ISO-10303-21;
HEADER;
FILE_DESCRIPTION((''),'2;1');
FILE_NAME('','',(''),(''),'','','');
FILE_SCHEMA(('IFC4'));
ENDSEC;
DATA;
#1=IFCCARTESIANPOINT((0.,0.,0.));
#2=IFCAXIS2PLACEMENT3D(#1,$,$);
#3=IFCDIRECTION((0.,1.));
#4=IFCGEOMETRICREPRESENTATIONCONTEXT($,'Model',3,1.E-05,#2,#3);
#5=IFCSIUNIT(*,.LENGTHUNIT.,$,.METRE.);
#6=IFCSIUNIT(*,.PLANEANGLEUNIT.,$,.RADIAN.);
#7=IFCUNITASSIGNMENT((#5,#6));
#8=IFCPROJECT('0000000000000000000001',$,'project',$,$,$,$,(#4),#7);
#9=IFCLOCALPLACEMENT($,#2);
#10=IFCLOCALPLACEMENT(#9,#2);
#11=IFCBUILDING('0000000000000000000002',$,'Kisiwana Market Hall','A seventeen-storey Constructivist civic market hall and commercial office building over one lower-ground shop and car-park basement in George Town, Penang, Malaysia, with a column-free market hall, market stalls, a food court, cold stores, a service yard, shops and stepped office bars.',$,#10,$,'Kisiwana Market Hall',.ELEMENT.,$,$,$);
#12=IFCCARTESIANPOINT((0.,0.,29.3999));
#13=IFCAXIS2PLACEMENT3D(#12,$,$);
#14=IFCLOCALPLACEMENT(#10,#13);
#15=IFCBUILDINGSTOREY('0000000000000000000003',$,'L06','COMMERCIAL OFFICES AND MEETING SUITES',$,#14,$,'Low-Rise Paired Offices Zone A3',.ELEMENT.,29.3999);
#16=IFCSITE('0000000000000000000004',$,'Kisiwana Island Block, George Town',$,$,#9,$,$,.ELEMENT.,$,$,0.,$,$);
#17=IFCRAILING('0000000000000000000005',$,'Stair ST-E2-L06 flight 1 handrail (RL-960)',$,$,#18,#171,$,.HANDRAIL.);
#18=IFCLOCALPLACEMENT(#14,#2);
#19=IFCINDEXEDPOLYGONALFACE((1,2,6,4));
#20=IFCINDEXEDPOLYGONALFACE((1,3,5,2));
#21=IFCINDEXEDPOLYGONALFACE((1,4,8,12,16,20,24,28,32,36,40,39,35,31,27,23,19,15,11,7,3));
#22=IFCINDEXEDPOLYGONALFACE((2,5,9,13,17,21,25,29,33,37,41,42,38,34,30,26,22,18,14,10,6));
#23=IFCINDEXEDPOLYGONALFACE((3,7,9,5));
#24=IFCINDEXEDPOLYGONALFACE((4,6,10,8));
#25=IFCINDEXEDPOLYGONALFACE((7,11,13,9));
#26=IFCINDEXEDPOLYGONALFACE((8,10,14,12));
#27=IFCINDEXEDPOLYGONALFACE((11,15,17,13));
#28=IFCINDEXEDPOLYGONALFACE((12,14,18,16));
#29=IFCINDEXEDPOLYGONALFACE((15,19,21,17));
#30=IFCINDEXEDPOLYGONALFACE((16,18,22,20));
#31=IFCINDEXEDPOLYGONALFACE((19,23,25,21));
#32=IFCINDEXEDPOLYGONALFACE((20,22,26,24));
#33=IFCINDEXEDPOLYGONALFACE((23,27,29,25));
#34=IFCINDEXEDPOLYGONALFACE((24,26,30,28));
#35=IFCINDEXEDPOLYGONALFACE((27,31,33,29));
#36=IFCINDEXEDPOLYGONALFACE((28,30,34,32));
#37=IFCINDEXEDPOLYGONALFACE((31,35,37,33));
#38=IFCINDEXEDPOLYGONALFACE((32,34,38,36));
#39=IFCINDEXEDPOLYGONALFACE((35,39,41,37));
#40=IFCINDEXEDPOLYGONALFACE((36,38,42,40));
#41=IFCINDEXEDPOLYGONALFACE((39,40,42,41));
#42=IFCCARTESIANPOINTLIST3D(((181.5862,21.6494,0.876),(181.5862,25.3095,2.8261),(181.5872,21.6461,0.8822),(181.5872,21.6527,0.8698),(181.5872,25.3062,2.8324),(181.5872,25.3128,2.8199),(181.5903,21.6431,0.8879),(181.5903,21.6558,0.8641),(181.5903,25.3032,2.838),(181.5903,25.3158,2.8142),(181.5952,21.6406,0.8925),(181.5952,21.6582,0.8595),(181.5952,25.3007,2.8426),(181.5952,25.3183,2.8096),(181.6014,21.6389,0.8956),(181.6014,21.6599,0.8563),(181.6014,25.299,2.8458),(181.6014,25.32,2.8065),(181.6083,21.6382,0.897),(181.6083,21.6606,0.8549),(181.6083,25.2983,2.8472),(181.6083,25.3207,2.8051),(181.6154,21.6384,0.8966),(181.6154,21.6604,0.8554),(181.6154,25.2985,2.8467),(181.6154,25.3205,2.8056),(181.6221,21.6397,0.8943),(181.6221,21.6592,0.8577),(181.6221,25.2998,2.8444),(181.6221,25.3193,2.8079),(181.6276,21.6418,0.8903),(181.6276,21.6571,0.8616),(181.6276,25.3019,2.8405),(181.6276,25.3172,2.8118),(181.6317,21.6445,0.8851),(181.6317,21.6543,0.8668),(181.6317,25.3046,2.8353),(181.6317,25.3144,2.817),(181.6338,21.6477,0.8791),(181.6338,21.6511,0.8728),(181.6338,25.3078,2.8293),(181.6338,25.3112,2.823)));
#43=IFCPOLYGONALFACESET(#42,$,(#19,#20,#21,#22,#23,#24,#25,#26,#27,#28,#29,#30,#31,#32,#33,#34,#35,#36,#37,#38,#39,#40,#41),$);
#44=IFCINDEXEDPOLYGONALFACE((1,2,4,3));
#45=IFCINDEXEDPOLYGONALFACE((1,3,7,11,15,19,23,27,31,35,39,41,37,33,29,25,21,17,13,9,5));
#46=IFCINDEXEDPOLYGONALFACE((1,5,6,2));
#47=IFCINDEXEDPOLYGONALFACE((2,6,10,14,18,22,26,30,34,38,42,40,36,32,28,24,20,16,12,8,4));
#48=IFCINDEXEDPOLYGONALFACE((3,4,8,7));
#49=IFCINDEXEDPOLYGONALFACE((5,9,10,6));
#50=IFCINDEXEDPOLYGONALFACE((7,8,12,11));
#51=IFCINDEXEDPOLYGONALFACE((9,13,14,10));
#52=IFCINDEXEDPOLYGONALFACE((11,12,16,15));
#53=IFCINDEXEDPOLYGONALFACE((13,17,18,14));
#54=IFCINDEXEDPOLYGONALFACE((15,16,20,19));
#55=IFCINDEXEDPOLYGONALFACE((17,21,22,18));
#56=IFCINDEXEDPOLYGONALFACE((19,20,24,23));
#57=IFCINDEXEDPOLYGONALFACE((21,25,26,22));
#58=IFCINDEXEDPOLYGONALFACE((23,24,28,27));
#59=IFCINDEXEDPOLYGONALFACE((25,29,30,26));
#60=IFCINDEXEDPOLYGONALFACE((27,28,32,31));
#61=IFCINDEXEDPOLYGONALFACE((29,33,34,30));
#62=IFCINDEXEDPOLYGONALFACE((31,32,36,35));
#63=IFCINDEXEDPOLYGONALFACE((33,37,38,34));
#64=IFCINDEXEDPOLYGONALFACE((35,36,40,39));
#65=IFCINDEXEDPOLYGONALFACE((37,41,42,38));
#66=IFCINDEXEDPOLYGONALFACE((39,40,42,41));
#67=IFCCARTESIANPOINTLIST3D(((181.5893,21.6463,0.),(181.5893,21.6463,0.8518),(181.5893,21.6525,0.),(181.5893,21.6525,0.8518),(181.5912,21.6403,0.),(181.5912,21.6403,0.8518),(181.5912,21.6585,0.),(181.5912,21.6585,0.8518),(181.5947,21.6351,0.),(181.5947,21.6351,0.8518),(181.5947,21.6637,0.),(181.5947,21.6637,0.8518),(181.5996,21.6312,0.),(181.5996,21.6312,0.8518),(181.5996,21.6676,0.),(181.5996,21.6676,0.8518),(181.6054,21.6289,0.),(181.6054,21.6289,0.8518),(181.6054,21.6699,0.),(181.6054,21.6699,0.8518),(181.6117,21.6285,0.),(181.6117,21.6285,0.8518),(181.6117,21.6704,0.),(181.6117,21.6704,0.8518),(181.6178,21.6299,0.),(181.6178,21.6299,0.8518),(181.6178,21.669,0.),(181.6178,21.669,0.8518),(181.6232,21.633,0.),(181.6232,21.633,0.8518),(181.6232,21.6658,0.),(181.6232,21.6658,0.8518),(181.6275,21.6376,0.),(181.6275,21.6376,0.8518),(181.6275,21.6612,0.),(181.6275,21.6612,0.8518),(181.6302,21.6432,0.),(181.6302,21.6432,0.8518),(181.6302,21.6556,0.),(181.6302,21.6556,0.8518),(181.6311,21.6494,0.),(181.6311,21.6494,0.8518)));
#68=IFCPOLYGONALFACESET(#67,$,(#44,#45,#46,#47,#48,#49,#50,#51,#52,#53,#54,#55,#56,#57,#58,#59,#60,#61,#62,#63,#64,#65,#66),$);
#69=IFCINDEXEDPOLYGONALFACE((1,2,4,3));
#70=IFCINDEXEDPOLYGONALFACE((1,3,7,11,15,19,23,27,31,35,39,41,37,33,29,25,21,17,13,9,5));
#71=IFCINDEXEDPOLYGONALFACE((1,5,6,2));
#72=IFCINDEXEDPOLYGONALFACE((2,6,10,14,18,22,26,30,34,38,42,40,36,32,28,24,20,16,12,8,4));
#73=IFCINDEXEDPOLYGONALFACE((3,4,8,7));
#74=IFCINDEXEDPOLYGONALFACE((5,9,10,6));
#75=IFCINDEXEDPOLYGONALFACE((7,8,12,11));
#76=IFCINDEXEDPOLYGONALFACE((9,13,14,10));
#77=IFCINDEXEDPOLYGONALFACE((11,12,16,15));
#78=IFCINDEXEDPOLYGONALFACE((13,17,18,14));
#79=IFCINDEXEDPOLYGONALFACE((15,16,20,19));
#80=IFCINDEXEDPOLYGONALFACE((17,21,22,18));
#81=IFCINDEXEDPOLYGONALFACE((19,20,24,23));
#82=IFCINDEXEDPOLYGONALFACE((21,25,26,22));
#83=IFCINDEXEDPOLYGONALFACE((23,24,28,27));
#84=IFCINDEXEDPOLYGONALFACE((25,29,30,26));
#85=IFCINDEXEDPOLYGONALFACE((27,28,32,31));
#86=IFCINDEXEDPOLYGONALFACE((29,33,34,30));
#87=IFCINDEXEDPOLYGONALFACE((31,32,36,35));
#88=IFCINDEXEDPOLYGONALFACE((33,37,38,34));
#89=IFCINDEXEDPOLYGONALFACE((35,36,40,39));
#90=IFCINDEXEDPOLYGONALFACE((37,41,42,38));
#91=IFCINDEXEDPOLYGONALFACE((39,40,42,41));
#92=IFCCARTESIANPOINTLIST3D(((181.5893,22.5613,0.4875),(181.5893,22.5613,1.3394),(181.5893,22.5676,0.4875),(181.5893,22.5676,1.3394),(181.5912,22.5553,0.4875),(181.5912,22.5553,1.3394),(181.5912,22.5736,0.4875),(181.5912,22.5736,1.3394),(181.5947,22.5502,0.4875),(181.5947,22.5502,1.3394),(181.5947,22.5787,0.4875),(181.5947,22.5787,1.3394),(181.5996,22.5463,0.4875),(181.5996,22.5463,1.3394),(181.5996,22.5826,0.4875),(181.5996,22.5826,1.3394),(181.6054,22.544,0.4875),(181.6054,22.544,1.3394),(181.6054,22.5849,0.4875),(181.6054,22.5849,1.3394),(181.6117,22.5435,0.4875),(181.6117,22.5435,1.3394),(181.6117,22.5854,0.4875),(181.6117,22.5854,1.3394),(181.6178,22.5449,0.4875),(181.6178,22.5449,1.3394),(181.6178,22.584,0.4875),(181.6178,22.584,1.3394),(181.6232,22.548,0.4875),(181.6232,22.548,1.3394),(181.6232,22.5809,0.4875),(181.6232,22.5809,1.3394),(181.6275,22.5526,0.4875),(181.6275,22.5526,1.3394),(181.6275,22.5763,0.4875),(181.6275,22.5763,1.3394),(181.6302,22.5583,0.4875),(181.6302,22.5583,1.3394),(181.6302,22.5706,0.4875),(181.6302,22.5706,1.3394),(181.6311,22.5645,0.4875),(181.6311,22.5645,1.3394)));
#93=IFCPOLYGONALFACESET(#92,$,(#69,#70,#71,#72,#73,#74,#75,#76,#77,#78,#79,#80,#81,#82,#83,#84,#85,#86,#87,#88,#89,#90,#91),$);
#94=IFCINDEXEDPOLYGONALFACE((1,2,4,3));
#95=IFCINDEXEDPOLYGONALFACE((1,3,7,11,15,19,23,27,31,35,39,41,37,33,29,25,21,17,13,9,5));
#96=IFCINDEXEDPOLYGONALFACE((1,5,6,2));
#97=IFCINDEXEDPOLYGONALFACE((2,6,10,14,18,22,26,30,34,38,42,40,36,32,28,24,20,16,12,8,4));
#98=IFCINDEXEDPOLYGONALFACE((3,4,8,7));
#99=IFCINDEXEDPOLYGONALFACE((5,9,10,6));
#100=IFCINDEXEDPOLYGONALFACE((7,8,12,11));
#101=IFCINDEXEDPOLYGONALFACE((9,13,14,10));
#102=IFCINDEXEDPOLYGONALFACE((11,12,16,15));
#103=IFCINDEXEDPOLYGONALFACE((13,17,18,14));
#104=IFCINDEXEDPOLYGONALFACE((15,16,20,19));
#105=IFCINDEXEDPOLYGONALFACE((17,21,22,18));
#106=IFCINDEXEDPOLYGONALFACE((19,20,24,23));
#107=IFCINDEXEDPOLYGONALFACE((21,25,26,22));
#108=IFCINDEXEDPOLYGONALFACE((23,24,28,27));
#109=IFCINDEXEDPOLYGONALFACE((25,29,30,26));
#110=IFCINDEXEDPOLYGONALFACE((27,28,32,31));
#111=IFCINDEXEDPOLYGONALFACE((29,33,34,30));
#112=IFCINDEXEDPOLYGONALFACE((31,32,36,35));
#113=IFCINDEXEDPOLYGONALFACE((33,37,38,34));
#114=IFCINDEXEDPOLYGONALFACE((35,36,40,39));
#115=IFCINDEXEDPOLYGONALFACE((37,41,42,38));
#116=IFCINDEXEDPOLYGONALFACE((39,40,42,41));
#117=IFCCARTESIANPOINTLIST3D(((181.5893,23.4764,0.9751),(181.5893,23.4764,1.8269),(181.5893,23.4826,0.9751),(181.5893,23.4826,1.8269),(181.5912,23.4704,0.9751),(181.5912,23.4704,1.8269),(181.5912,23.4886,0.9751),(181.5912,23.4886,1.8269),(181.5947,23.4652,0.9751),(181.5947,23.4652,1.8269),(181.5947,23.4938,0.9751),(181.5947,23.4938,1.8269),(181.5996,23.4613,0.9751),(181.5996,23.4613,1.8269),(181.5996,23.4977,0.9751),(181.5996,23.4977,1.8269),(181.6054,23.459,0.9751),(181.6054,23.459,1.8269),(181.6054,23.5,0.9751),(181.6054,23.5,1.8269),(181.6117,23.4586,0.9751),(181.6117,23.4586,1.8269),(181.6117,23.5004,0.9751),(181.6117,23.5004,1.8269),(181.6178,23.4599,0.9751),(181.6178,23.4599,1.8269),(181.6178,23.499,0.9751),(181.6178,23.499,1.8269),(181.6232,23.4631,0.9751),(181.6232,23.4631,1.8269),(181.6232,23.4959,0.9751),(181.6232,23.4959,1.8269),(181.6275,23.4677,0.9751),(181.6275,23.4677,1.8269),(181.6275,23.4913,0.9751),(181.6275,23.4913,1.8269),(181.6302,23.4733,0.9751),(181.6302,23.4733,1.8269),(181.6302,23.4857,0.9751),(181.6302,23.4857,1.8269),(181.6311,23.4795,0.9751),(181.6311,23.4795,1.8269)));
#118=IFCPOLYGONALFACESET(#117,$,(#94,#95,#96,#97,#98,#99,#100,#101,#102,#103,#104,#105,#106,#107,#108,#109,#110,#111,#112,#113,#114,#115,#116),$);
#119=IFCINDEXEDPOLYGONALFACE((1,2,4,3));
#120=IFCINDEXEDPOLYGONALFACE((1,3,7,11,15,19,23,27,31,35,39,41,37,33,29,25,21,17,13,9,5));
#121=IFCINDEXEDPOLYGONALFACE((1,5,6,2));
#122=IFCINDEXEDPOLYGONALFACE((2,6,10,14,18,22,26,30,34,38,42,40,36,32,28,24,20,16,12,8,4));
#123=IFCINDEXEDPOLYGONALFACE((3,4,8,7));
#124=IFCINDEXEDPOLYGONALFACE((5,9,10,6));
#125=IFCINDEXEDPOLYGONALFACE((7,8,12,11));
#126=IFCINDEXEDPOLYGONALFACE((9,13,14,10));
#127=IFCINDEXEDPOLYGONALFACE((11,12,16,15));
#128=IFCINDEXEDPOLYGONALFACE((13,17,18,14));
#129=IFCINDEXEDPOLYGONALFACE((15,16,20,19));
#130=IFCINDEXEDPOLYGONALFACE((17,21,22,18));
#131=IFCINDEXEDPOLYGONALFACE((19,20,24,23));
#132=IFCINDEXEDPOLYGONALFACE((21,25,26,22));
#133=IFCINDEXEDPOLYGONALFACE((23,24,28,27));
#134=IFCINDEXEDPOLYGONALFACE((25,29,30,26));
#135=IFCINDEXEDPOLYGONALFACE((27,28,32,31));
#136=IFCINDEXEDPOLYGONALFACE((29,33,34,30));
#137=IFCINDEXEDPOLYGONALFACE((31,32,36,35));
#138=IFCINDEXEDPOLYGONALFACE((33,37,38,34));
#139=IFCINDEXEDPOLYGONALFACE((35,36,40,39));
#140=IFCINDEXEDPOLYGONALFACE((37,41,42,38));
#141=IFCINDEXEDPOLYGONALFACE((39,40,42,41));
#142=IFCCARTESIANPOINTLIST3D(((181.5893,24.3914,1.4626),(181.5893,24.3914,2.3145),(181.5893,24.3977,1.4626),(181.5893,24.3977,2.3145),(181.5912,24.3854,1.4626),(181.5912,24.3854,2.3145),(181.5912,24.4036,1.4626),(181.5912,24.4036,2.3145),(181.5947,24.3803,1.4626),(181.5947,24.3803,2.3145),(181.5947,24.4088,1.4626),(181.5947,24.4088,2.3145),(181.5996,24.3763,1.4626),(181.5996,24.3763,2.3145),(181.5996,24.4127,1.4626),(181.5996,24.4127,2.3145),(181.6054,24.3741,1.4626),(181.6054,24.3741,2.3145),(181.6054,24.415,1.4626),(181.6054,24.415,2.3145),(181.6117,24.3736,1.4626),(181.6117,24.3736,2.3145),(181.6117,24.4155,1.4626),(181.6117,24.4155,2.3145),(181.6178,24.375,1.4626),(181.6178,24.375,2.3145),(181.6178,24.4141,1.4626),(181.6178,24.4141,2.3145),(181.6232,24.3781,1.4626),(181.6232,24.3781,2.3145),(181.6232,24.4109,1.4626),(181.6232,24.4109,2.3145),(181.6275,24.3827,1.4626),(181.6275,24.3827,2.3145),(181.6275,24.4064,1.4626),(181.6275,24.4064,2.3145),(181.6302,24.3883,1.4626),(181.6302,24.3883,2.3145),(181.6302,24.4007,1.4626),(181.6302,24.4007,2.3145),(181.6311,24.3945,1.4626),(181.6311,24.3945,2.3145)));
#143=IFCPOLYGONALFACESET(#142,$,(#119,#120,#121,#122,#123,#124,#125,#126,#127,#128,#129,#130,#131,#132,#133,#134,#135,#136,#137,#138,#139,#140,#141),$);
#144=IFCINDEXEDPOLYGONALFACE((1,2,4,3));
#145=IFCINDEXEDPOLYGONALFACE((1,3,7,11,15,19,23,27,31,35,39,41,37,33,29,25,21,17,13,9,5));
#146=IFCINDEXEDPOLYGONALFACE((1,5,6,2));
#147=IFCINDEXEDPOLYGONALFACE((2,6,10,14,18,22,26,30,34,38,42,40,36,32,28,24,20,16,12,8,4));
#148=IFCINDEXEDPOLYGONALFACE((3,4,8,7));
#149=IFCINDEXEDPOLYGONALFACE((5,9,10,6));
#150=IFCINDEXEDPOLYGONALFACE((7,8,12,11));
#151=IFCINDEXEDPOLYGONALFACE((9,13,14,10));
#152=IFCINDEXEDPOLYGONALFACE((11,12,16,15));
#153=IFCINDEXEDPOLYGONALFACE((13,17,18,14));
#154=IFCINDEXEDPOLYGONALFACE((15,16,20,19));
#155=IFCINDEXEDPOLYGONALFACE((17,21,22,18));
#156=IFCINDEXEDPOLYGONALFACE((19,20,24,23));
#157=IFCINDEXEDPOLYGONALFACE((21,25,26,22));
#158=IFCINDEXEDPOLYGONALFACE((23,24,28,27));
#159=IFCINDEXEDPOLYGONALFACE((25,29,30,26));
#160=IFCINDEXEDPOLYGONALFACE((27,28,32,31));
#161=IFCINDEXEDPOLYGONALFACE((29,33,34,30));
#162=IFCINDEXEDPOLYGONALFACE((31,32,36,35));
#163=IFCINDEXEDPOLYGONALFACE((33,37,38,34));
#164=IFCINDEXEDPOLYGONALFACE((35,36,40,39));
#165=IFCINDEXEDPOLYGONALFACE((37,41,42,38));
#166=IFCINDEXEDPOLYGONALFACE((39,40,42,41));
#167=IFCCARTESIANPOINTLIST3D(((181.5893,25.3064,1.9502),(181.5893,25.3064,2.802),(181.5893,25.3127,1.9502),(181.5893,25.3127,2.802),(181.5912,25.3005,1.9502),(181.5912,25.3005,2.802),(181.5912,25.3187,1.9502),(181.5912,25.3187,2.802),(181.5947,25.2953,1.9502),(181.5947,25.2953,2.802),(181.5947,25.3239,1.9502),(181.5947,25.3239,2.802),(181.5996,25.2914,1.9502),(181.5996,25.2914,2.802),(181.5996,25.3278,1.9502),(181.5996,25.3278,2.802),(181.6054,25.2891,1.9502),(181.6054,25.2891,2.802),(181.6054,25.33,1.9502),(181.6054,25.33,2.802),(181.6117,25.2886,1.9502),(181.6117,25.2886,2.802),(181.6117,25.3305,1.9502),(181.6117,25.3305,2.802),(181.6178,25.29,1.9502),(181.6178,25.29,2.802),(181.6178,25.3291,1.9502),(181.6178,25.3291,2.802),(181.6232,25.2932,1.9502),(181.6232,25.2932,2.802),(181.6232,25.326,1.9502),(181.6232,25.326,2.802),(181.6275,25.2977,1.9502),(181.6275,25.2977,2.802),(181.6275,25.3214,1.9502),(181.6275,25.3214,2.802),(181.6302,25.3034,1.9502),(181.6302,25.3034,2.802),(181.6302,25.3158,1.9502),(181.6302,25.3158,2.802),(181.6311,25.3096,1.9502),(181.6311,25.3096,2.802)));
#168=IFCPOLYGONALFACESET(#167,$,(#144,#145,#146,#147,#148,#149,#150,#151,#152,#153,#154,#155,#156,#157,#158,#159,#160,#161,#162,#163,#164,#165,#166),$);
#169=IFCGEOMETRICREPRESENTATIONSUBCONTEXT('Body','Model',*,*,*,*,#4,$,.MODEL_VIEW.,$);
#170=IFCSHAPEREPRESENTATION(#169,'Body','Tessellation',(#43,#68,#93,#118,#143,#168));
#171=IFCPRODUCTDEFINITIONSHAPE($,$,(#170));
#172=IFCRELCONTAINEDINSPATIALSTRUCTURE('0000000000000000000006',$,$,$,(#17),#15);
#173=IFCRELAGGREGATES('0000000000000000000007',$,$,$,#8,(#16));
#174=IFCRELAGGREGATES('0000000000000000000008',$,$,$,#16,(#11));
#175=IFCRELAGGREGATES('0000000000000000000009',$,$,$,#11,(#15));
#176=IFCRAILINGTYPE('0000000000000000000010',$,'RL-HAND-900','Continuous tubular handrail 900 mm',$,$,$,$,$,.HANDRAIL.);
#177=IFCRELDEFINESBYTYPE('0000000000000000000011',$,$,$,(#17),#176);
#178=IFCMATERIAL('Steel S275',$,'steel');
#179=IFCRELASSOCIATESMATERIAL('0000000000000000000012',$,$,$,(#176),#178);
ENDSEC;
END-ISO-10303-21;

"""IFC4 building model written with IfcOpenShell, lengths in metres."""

from ifc_helpers import new_model, si_unit, direction, frame, origin, origin_2d, place, context, subcontext, project, spatial, circle, extrude, material, type_object, element, save


model = new_model("IFC4")

# Units and contexts
model_context = context("Model", 3, precision=1e-05, world=origin(), true_north=direction((0.0, 1.0)))
body_context = subcontext(model_context, "Body", "Model", "MODEL_VIEW")
ifc_project = project(units=[si_unit("LENGTHUNIT", "METRE"), si_unit("PLANEANGLEUNIT", "RADIAN")], contexts=[model_context])

# Site, building, storey
site_placement = place(None, origin())
site = spatial("IfcSite", under=ifc_project, at=site_placement, Name="Kisiwana Island Block, George Town", CompositionType="ELEMENT", RefElevation=0.0)
building_placement = place(site_placement, origin())
building = spatial("IfcBuilding", under=site, at=building_placement, Name="Kisiwana Market Hall", Description="A seventeen-storey Constructivist civic market hall and commercial office building over one lower-ground shop and car-park basement in George Town, Penang, Malaysia, with a column-free market hall, market stalls, a food court, cold stores, a service yard, shops and stepped office bars.", LongName="Kisiwana Market Hall", CompositionType="ELEMENT")
storey_placement = place(building_placement, frame((0.0, 0.0, 29.3999)))
storey = spatial("IfcBuildingStorey", under=building, at=storey_placement, Name="L06", Description="COMMERCIAL OFFICES AND MEETING SUITES", LongName="Low-Rise Paired Offices Zone A3", CompositionType="ELEMENT", Elevation=29.3999)

# Railing
ifc_material_1 = material(Name="Steel S275", Category="steel")
railing_type_1 = type_object("IfcRailingType", Name="RL-HAND-900", Description="Continuous tubular handrail 900 mm", PredefinedType="HANDRAIL", material=ifc_material_1)
railing_1_placement = place(storey_placement, frame((181.6101, 21.6494, 0.0)))
element("IfcRailing", 1, at=railing_1_placement, inside=storey, type_object=railing_type_1, Name="Stair ST-E2-L06 flight 1 handrail (RL-960)", PredefinedType="HANDRAIL", context=body_context, shape_type="SweptSolid", body=[
    extrude(circle(Radius=0.0239, at=origin_2d()), frame((0.0, 0.0, 0.876), z_axis=(0.0, 0.882542, 0.470234), x_axis=(-1.0, 0.0, 0.0)), (0.0, 0.0, 1.0), 4.1472),
    extrude(circle(Radius=0.021, at=origin_2d()), origin(), (0.0, 0.0, 1.0), 0.8518),
    extrude(circle(Radius=0.021, at=origin_2d()), frame((0.0, 0.915, 0.4875)), (0.0, 0.0, 1.0), 0.8518),
    extrude(circle(Radius=0.021, at=origin_2d()), frame((0.0, 1.8301, 0.9751)), (0.0, 0.0, 1.0), 0.8518),
    extrude(circle(Radius=0.021, at=origin_2d()), frame((0.0, 2.7451, 1.4626)), (0.0, 0.0, 1.0), 0.8518),
    extrude(circle(Radius=0.021, at=origin_2d()), frame((0.0, 3.6602, 1.9502)), (0.0, 0.0, 1.0), 0.8518),
])

save(model, "model.ifc")
